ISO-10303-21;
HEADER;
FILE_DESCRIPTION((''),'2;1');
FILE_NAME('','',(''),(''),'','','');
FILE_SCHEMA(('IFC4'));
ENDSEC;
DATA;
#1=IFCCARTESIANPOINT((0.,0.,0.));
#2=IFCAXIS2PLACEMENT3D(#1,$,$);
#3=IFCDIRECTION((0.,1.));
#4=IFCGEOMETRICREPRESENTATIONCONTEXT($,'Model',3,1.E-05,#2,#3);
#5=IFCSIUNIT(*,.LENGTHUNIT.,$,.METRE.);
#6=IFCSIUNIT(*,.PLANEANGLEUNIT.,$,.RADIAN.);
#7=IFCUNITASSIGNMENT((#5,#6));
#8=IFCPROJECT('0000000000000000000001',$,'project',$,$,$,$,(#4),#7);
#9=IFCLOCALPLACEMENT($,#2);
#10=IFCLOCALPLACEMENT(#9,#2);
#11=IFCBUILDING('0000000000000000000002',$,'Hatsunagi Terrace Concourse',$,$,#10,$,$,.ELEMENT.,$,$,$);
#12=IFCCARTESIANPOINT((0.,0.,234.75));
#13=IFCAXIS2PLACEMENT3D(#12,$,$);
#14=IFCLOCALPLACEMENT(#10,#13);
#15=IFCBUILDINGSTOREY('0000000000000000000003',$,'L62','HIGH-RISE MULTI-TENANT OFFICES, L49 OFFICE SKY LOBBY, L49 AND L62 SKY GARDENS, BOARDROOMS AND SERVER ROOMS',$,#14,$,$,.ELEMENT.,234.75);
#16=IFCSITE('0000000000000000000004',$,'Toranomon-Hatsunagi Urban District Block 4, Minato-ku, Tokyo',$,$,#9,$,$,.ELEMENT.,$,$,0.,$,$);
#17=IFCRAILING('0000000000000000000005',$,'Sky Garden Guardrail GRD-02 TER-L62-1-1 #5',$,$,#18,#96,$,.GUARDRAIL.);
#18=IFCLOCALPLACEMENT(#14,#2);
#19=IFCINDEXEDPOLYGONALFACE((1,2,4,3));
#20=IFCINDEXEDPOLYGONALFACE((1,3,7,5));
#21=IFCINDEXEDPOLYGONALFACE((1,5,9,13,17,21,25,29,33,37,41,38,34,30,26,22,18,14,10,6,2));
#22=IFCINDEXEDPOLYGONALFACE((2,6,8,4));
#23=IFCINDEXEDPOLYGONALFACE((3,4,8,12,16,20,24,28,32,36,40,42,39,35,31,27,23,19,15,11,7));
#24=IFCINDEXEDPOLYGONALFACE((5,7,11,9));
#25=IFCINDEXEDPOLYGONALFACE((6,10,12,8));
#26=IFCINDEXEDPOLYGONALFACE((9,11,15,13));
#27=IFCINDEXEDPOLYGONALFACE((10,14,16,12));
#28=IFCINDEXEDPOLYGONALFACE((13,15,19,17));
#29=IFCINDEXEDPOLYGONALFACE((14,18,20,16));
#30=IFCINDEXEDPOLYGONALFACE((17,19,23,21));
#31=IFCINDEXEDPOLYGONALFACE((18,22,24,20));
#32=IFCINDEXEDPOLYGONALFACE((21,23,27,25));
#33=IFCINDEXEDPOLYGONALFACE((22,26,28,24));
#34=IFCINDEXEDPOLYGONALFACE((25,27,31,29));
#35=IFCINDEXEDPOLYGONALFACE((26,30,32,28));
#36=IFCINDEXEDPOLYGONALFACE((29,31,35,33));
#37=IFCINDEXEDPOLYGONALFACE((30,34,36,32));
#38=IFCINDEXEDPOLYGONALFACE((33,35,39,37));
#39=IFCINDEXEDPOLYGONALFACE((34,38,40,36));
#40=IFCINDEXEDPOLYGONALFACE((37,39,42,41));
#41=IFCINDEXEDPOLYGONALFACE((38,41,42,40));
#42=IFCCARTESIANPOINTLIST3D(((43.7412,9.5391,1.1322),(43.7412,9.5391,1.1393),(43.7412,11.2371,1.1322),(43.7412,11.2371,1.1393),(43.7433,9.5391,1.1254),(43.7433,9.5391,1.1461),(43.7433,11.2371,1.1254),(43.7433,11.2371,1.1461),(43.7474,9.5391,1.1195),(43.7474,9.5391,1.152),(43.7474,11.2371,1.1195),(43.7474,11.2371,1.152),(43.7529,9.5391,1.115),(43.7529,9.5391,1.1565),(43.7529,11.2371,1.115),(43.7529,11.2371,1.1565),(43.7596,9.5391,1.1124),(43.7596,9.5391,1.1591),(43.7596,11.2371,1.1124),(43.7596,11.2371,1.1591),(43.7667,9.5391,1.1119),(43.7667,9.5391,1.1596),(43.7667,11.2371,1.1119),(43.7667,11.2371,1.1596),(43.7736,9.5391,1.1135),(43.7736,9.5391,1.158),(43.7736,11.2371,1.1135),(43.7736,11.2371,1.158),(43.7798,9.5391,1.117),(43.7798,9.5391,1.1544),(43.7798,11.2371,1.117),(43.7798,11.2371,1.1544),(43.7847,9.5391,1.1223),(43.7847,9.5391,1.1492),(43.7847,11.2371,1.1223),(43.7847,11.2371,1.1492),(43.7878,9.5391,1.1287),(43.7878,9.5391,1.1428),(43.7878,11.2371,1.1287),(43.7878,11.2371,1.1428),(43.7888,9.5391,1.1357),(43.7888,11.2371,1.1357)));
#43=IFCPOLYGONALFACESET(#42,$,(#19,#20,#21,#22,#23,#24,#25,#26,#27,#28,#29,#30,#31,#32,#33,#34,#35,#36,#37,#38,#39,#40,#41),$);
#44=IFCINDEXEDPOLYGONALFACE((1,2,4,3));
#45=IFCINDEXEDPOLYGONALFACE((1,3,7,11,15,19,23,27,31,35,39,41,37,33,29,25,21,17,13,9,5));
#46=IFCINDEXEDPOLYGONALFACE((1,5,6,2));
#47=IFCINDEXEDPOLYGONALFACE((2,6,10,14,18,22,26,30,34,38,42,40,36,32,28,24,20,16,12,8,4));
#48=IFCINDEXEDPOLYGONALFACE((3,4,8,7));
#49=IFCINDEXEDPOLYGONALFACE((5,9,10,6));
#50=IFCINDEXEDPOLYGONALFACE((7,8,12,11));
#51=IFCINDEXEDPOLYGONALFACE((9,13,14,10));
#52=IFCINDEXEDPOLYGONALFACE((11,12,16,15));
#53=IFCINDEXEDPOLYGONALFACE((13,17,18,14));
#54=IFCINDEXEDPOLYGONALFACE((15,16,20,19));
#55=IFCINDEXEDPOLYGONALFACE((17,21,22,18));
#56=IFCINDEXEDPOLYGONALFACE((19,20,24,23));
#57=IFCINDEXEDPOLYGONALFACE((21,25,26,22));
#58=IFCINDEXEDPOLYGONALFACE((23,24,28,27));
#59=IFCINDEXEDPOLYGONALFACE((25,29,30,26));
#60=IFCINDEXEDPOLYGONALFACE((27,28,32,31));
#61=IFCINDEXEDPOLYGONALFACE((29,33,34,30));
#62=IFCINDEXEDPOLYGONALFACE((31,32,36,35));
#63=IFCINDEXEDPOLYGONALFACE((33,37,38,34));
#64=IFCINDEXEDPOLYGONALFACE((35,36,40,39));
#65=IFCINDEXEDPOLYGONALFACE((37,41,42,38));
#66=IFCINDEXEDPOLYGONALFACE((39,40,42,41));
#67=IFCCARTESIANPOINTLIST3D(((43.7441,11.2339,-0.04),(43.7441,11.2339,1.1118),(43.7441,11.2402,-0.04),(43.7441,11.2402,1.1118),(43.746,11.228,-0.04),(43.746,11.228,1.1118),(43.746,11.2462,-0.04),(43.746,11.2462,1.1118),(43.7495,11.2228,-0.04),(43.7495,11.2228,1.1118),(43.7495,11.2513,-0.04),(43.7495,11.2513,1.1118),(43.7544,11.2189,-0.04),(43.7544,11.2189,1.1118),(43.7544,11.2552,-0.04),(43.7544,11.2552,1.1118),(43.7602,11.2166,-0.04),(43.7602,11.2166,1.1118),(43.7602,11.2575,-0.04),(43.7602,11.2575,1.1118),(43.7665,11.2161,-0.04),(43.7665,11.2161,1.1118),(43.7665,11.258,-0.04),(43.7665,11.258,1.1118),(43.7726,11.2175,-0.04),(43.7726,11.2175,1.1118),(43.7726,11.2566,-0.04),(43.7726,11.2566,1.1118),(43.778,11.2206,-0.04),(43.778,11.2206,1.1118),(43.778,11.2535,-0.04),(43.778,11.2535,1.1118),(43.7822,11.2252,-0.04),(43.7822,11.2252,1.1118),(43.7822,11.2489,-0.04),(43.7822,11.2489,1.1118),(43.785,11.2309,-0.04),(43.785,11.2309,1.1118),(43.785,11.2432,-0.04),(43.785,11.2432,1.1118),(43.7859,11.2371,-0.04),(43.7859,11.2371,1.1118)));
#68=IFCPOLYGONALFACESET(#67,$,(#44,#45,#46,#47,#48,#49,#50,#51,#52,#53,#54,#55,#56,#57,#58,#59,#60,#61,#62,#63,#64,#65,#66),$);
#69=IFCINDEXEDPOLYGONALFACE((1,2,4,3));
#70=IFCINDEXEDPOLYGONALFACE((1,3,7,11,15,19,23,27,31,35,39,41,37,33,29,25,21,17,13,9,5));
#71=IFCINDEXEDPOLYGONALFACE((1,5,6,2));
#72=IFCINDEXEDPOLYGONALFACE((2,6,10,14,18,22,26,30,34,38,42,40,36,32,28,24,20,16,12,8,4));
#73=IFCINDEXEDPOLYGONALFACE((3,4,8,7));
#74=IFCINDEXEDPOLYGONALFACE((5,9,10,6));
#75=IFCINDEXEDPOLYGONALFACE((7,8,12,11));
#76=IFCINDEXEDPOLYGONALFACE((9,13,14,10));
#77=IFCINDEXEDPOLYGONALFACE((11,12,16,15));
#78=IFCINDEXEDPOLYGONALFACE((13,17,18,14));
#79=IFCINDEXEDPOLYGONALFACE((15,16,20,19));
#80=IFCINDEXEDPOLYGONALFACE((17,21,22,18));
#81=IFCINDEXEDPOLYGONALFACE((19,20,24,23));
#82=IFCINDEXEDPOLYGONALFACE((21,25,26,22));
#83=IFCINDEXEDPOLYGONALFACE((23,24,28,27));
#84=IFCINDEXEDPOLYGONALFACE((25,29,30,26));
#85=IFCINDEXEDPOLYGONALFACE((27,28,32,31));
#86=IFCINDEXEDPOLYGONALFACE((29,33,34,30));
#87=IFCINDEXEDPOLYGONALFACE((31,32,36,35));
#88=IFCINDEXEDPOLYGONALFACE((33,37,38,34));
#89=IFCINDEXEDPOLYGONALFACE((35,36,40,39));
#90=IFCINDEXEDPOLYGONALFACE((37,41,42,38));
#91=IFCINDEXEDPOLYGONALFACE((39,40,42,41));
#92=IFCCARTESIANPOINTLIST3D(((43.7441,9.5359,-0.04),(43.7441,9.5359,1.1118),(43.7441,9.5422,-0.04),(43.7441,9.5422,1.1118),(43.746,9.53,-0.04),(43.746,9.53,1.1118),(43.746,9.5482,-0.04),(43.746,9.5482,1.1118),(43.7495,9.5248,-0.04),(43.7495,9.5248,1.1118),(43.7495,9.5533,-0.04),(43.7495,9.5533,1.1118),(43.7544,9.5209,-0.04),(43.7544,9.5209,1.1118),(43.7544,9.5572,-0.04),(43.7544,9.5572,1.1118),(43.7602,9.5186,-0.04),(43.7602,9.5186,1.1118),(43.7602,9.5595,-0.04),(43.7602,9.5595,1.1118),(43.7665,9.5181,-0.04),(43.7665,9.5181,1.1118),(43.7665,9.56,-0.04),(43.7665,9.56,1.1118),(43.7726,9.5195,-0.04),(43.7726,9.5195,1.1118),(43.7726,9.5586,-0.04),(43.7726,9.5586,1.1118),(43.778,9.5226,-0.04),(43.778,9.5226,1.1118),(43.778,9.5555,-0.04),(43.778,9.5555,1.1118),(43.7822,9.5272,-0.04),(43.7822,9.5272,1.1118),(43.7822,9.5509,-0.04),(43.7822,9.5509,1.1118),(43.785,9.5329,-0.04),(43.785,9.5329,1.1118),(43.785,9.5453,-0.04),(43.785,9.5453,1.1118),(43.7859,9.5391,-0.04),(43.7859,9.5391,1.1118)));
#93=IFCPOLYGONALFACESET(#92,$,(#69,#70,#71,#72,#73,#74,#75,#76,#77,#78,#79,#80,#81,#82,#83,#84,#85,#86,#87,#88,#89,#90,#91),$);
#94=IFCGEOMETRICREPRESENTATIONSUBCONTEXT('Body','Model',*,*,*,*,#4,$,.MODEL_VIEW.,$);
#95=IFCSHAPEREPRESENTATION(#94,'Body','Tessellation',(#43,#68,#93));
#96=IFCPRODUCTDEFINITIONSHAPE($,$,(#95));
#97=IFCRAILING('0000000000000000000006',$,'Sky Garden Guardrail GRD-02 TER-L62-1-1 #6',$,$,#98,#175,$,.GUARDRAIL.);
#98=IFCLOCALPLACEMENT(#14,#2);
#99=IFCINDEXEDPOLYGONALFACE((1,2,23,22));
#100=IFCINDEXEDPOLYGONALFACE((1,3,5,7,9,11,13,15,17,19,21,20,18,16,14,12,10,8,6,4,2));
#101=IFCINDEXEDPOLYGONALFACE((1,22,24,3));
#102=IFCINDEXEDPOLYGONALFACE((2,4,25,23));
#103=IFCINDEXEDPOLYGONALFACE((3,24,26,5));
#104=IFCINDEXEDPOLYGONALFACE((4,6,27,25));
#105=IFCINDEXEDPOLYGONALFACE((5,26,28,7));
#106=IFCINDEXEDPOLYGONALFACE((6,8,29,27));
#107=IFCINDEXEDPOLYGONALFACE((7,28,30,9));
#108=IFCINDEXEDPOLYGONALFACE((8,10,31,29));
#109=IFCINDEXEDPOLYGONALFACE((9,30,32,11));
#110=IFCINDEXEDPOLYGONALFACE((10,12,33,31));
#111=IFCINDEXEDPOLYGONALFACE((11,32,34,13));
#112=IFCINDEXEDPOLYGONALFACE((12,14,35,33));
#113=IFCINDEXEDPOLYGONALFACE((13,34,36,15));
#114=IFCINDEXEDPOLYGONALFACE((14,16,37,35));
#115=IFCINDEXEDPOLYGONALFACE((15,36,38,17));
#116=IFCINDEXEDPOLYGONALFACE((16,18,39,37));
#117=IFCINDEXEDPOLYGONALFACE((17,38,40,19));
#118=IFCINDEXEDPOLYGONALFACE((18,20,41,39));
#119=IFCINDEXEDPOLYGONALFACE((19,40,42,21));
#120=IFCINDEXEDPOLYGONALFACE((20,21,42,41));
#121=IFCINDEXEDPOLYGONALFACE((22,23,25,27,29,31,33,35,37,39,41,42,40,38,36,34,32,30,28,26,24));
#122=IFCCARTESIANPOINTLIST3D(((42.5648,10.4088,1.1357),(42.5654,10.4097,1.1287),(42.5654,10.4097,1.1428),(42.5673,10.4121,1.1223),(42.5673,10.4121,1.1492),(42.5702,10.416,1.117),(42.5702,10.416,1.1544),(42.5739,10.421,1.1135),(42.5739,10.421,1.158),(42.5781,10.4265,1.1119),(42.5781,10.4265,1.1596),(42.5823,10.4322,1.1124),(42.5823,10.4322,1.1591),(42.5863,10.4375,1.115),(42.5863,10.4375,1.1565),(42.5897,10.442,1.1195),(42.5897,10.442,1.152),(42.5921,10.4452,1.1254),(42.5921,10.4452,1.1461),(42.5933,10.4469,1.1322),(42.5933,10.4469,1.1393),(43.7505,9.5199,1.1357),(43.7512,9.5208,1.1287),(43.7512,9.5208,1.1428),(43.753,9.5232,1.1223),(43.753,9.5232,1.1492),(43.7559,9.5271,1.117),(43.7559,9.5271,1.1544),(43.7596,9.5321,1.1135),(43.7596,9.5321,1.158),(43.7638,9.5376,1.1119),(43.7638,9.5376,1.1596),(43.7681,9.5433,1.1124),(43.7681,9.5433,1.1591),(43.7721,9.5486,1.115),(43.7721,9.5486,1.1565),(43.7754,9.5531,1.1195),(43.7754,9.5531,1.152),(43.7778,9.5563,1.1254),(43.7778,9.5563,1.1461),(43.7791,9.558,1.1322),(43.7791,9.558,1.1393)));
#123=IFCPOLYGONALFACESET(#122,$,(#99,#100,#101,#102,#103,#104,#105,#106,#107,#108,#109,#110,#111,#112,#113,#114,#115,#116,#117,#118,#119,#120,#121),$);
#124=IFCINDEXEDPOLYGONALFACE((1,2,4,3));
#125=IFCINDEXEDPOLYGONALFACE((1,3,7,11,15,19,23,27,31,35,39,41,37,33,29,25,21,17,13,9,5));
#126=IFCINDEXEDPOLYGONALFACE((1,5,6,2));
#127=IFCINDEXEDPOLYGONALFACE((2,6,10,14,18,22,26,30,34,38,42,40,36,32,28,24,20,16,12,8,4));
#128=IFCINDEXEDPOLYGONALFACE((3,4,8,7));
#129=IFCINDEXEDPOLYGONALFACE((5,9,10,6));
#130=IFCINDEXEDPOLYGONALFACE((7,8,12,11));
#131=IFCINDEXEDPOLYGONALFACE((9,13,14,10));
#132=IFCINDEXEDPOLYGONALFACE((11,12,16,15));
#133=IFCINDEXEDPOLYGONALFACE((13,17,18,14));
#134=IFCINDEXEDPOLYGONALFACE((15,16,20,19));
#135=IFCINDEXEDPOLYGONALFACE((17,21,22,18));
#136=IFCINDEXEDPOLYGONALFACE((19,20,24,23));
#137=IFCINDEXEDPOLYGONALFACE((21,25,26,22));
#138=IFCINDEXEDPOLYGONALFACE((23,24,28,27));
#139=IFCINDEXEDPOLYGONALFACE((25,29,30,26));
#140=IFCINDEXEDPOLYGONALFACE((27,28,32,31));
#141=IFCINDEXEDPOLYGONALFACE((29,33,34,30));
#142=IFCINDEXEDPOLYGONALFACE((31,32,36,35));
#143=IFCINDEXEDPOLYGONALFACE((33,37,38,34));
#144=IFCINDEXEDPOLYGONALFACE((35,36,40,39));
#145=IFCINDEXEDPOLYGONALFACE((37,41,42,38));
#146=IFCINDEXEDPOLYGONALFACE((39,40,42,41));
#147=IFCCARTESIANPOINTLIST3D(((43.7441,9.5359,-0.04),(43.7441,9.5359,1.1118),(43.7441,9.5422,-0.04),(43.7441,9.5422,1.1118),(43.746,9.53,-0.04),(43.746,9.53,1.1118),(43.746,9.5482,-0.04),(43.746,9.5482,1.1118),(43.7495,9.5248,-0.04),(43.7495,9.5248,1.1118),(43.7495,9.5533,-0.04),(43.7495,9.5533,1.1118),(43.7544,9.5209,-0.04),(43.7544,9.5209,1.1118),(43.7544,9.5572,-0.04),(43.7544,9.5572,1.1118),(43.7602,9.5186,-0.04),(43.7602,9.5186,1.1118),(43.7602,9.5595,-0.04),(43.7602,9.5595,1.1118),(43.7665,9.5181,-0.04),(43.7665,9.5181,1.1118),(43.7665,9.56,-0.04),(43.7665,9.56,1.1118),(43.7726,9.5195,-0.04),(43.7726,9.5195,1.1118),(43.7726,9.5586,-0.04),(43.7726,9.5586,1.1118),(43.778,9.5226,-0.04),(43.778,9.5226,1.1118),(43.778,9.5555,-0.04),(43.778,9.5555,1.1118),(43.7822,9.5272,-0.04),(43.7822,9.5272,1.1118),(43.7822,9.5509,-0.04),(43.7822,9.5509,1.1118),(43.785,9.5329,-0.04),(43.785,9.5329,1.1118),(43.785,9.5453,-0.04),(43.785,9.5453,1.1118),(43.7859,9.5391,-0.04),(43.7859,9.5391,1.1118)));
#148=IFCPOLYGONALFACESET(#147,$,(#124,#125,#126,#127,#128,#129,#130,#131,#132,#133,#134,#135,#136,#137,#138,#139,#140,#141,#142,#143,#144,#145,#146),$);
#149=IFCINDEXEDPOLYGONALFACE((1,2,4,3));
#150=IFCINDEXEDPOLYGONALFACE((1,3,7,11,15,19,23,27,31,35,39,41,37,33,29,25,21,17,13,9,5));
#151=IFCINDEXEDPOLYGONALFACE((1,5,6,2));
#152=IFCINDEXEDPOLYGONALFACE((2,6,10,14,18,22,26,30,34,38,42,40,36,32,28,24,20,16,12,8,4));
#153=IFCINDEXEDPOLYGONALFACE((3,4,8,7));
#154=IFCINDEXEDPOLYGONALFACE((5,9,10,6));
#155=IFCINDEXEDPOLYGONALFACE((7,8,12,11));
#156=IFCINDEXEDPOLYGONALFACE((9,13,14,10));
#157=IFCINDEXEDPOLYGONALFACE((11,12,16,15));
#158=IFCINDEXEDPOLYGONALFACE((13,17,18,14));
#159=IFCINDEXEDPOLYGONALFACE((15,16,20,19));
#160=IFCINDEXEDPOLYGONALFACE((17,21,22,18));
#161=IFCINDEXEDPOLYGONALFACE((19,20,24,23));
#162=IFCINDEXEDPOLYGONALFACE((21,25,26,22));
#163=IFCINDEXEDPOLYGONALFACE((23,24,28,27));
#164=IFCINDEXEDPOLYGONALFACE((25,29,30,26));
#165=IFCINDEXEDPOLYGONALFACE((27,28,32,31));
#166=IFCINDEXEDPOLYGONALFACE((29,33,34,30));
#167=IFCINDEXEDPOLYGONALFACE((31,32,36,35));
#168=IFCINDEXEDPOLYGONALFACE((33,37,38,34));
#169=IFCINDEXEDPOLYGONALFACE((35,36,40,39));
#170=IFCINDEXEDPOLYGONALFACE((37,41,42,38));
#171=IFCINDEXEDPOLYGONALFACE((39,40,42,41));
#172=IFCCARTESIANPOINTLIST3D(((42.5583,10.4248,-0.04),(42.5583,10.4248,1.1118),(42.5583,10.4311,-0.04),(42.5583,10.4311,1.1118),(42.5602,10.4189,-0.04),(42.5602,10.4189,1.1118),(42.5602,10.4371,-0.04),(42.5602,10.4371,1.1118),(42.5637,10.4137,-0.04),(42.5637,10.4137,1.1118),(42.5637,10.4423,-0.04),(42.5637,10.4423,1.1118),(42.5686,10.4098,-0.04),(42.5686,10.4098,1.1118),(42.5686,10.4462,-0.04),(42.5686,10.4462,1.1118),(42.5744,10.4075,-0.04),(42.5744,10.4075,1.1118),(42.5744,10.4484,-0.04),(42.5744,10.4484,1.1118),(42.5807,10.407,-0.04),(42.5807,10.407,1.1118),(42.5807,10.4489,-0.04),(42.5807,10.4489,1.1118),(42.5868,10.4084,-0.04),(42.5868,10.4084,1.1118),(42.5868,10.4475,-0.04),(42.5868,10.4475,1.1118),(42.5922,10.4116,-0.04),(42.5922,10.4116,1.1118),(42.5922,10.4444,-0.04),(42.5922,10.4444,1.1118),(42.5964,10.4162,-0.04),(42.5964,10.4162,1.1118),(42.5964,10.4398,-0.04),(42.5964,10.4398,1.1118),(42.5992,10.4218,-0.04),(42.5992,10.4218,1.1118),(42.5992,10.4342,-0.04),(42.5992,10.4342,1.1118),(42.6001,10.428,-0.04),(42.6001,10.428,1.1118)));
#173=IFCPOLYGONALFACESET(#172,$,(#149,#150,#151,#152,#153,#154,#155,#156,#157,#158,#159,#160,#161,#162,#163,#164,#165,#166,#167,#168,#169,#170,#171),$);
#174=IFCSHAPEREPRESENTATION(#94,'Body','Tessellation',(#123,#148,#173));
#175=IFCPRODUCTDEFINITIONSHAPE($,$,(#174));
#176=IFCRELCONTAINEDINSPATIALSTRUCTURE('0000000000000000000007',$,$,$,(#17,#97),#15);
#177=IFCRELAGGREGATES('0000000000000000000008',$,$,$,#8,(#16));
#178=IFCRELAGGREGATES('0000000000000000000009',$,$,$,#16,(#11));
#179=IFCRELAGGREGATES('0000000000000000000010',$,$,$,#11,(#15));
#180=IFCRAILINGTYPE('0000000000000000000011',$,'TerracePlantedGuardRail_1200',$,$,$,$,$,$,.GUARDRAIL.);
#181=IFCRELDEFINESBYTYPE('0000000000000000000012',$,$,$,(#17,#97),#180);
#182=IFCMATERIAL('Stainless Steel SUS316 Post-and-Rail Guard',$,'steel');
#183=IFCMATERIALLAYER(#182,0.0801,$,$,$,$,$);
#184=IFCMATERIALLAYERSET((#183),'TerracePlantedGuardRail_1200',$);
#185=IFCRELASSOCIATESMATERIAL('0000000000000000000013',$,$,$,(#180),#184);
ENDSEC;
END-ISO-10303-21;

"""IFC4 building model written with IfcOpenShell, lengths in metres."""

from ifc_helpers import new_model, si_unit, direction, frame, origin, origin_2d, place, context, subcontext, project, spatial, circle, extrude, material, layer, layer_set, type_object, element, save


model = new_model("IFC4")

# Units and contexts
model_context = context("Model", 3, precision=1e-05, world=origin(), true_north=direction((0.0, 1.0)))
body_context = subcontext(model_context, "Body", "Model", "MODEL_VIEW")
ifc_project = project(units=[si_unit("LENGTHUNIT", "METRE"), si_unit("PLANEANGLEUNIT", "RADIAN")], contexts=[model_context])

# Site, building, storey
site_placement = place(None, origin())
site = spatial("IfcSite", under=ifc_project, at=site_placement, Name="Toranomon-Hatsunagi Urban District Block 4, Minato-ku, Tokyo", CompositionType="ELEMENT", RefElevation=0.0)
building_placement = place(site_placement, origin())
building = spatial("IfcBuilding", under=site, at=building_placement, Name="Hatsunagi Terrace Concourse", CompositionType="ELEMENT")
storey_placement = place(building_placement, frame((0.0, 0.0, 234.75)))
storey = spatial("IfcBuildingStorey", under=building, at=storey_placement, Name="L62", Description="HIGH-RISE MULTI-TENANT OFFICES, L49 OFFICE SKY LOBBY, L49 AND L62 SKY GARDENS, BOARDROOMS AND SERVER ROOMS", CompositionType="ELEMENT", Elevation=234.75)

# Railings
ifc_material_1 = material(Name="Stainless Steel SUS316 Post-and-Rail Guard", Category="steel")
ifc_layer_1 = layer(ifc_material_1, 0.0801)
ifc_layer_set_1 = layer_set([ifc_layer_1], Name="TerracePlantedGuardRail_1200")
railing_type = type_object("IfcRailingType", Name="TerracePlantedGuardRail_1200", PredefinedType="GUARDRAIL", material=ifc_layer_set_1)
railing_1_placement = place(storey_placement, frame((43.7649, 11.2371, -0.04)))
element("IfcRailing", 1, at=railing_1_placement, inside=storey, type_object=railing_type, Name="Sky Garden Guardrail GRD-02 TER-L62-1-1 #5", PredefinedType="GUARDRAIL", context=body_context, shape_type="SweptSolid", body=[
    extrude(circle(Radius=0.0239, at=origin_2d()), frame((0.0, 0.0, 1.1758), z_axis=(0.0, -1.0, 0.0), x_axis=(1.0, 0.0, 0.0)), (0.0, 0.0, 1.0), 1.698),
    extrude(circle(Radius=0.021, at=origin_2d()), origin(), (0.0, 0.0, 1.0), 1.1519),
    extrude(circle(Radius=0.021, at=origin_2d()), frame((0.0, -1.698, 0.0)), (0.0, 0.0, 1.0), 1.1519),
])
railing_2_placement = place(storey_placement, frame((43.7649, 9.5391, -0.04)))
element("IfcRailing", 2, at=railing_2_placement, inside=storey, type_object=railing_type, Name="Sky Garden Guardrail GRD-02 TER-L62-1-1 #6", PredefinedType="GUARDRAIL", context=body_context, shape_type="SweptSolid", body=[
    extrude(circle(Radius=0.0239, at=origin_2d()), frame((0.0, 0.0, 1.1758), z_axis=(-0.800138, 0.599815, 0.0), x_axis=(-0.599815, -0.800138, 0.0)), (0.0, 0.0, 1.0), 1.4819),
    extrude(circle(Radius=0.021, at=origin_2d()), origin(), (0.0, 0.0, 1.0), 1.1519),
    extrude(circle(Radius=0.021, at=origin_2d()), frame((-1.1858, 0.8889, 0.0)), (0.0, 0.0, 1.0), 1.1519),
])

save(model, "model.ifc")
